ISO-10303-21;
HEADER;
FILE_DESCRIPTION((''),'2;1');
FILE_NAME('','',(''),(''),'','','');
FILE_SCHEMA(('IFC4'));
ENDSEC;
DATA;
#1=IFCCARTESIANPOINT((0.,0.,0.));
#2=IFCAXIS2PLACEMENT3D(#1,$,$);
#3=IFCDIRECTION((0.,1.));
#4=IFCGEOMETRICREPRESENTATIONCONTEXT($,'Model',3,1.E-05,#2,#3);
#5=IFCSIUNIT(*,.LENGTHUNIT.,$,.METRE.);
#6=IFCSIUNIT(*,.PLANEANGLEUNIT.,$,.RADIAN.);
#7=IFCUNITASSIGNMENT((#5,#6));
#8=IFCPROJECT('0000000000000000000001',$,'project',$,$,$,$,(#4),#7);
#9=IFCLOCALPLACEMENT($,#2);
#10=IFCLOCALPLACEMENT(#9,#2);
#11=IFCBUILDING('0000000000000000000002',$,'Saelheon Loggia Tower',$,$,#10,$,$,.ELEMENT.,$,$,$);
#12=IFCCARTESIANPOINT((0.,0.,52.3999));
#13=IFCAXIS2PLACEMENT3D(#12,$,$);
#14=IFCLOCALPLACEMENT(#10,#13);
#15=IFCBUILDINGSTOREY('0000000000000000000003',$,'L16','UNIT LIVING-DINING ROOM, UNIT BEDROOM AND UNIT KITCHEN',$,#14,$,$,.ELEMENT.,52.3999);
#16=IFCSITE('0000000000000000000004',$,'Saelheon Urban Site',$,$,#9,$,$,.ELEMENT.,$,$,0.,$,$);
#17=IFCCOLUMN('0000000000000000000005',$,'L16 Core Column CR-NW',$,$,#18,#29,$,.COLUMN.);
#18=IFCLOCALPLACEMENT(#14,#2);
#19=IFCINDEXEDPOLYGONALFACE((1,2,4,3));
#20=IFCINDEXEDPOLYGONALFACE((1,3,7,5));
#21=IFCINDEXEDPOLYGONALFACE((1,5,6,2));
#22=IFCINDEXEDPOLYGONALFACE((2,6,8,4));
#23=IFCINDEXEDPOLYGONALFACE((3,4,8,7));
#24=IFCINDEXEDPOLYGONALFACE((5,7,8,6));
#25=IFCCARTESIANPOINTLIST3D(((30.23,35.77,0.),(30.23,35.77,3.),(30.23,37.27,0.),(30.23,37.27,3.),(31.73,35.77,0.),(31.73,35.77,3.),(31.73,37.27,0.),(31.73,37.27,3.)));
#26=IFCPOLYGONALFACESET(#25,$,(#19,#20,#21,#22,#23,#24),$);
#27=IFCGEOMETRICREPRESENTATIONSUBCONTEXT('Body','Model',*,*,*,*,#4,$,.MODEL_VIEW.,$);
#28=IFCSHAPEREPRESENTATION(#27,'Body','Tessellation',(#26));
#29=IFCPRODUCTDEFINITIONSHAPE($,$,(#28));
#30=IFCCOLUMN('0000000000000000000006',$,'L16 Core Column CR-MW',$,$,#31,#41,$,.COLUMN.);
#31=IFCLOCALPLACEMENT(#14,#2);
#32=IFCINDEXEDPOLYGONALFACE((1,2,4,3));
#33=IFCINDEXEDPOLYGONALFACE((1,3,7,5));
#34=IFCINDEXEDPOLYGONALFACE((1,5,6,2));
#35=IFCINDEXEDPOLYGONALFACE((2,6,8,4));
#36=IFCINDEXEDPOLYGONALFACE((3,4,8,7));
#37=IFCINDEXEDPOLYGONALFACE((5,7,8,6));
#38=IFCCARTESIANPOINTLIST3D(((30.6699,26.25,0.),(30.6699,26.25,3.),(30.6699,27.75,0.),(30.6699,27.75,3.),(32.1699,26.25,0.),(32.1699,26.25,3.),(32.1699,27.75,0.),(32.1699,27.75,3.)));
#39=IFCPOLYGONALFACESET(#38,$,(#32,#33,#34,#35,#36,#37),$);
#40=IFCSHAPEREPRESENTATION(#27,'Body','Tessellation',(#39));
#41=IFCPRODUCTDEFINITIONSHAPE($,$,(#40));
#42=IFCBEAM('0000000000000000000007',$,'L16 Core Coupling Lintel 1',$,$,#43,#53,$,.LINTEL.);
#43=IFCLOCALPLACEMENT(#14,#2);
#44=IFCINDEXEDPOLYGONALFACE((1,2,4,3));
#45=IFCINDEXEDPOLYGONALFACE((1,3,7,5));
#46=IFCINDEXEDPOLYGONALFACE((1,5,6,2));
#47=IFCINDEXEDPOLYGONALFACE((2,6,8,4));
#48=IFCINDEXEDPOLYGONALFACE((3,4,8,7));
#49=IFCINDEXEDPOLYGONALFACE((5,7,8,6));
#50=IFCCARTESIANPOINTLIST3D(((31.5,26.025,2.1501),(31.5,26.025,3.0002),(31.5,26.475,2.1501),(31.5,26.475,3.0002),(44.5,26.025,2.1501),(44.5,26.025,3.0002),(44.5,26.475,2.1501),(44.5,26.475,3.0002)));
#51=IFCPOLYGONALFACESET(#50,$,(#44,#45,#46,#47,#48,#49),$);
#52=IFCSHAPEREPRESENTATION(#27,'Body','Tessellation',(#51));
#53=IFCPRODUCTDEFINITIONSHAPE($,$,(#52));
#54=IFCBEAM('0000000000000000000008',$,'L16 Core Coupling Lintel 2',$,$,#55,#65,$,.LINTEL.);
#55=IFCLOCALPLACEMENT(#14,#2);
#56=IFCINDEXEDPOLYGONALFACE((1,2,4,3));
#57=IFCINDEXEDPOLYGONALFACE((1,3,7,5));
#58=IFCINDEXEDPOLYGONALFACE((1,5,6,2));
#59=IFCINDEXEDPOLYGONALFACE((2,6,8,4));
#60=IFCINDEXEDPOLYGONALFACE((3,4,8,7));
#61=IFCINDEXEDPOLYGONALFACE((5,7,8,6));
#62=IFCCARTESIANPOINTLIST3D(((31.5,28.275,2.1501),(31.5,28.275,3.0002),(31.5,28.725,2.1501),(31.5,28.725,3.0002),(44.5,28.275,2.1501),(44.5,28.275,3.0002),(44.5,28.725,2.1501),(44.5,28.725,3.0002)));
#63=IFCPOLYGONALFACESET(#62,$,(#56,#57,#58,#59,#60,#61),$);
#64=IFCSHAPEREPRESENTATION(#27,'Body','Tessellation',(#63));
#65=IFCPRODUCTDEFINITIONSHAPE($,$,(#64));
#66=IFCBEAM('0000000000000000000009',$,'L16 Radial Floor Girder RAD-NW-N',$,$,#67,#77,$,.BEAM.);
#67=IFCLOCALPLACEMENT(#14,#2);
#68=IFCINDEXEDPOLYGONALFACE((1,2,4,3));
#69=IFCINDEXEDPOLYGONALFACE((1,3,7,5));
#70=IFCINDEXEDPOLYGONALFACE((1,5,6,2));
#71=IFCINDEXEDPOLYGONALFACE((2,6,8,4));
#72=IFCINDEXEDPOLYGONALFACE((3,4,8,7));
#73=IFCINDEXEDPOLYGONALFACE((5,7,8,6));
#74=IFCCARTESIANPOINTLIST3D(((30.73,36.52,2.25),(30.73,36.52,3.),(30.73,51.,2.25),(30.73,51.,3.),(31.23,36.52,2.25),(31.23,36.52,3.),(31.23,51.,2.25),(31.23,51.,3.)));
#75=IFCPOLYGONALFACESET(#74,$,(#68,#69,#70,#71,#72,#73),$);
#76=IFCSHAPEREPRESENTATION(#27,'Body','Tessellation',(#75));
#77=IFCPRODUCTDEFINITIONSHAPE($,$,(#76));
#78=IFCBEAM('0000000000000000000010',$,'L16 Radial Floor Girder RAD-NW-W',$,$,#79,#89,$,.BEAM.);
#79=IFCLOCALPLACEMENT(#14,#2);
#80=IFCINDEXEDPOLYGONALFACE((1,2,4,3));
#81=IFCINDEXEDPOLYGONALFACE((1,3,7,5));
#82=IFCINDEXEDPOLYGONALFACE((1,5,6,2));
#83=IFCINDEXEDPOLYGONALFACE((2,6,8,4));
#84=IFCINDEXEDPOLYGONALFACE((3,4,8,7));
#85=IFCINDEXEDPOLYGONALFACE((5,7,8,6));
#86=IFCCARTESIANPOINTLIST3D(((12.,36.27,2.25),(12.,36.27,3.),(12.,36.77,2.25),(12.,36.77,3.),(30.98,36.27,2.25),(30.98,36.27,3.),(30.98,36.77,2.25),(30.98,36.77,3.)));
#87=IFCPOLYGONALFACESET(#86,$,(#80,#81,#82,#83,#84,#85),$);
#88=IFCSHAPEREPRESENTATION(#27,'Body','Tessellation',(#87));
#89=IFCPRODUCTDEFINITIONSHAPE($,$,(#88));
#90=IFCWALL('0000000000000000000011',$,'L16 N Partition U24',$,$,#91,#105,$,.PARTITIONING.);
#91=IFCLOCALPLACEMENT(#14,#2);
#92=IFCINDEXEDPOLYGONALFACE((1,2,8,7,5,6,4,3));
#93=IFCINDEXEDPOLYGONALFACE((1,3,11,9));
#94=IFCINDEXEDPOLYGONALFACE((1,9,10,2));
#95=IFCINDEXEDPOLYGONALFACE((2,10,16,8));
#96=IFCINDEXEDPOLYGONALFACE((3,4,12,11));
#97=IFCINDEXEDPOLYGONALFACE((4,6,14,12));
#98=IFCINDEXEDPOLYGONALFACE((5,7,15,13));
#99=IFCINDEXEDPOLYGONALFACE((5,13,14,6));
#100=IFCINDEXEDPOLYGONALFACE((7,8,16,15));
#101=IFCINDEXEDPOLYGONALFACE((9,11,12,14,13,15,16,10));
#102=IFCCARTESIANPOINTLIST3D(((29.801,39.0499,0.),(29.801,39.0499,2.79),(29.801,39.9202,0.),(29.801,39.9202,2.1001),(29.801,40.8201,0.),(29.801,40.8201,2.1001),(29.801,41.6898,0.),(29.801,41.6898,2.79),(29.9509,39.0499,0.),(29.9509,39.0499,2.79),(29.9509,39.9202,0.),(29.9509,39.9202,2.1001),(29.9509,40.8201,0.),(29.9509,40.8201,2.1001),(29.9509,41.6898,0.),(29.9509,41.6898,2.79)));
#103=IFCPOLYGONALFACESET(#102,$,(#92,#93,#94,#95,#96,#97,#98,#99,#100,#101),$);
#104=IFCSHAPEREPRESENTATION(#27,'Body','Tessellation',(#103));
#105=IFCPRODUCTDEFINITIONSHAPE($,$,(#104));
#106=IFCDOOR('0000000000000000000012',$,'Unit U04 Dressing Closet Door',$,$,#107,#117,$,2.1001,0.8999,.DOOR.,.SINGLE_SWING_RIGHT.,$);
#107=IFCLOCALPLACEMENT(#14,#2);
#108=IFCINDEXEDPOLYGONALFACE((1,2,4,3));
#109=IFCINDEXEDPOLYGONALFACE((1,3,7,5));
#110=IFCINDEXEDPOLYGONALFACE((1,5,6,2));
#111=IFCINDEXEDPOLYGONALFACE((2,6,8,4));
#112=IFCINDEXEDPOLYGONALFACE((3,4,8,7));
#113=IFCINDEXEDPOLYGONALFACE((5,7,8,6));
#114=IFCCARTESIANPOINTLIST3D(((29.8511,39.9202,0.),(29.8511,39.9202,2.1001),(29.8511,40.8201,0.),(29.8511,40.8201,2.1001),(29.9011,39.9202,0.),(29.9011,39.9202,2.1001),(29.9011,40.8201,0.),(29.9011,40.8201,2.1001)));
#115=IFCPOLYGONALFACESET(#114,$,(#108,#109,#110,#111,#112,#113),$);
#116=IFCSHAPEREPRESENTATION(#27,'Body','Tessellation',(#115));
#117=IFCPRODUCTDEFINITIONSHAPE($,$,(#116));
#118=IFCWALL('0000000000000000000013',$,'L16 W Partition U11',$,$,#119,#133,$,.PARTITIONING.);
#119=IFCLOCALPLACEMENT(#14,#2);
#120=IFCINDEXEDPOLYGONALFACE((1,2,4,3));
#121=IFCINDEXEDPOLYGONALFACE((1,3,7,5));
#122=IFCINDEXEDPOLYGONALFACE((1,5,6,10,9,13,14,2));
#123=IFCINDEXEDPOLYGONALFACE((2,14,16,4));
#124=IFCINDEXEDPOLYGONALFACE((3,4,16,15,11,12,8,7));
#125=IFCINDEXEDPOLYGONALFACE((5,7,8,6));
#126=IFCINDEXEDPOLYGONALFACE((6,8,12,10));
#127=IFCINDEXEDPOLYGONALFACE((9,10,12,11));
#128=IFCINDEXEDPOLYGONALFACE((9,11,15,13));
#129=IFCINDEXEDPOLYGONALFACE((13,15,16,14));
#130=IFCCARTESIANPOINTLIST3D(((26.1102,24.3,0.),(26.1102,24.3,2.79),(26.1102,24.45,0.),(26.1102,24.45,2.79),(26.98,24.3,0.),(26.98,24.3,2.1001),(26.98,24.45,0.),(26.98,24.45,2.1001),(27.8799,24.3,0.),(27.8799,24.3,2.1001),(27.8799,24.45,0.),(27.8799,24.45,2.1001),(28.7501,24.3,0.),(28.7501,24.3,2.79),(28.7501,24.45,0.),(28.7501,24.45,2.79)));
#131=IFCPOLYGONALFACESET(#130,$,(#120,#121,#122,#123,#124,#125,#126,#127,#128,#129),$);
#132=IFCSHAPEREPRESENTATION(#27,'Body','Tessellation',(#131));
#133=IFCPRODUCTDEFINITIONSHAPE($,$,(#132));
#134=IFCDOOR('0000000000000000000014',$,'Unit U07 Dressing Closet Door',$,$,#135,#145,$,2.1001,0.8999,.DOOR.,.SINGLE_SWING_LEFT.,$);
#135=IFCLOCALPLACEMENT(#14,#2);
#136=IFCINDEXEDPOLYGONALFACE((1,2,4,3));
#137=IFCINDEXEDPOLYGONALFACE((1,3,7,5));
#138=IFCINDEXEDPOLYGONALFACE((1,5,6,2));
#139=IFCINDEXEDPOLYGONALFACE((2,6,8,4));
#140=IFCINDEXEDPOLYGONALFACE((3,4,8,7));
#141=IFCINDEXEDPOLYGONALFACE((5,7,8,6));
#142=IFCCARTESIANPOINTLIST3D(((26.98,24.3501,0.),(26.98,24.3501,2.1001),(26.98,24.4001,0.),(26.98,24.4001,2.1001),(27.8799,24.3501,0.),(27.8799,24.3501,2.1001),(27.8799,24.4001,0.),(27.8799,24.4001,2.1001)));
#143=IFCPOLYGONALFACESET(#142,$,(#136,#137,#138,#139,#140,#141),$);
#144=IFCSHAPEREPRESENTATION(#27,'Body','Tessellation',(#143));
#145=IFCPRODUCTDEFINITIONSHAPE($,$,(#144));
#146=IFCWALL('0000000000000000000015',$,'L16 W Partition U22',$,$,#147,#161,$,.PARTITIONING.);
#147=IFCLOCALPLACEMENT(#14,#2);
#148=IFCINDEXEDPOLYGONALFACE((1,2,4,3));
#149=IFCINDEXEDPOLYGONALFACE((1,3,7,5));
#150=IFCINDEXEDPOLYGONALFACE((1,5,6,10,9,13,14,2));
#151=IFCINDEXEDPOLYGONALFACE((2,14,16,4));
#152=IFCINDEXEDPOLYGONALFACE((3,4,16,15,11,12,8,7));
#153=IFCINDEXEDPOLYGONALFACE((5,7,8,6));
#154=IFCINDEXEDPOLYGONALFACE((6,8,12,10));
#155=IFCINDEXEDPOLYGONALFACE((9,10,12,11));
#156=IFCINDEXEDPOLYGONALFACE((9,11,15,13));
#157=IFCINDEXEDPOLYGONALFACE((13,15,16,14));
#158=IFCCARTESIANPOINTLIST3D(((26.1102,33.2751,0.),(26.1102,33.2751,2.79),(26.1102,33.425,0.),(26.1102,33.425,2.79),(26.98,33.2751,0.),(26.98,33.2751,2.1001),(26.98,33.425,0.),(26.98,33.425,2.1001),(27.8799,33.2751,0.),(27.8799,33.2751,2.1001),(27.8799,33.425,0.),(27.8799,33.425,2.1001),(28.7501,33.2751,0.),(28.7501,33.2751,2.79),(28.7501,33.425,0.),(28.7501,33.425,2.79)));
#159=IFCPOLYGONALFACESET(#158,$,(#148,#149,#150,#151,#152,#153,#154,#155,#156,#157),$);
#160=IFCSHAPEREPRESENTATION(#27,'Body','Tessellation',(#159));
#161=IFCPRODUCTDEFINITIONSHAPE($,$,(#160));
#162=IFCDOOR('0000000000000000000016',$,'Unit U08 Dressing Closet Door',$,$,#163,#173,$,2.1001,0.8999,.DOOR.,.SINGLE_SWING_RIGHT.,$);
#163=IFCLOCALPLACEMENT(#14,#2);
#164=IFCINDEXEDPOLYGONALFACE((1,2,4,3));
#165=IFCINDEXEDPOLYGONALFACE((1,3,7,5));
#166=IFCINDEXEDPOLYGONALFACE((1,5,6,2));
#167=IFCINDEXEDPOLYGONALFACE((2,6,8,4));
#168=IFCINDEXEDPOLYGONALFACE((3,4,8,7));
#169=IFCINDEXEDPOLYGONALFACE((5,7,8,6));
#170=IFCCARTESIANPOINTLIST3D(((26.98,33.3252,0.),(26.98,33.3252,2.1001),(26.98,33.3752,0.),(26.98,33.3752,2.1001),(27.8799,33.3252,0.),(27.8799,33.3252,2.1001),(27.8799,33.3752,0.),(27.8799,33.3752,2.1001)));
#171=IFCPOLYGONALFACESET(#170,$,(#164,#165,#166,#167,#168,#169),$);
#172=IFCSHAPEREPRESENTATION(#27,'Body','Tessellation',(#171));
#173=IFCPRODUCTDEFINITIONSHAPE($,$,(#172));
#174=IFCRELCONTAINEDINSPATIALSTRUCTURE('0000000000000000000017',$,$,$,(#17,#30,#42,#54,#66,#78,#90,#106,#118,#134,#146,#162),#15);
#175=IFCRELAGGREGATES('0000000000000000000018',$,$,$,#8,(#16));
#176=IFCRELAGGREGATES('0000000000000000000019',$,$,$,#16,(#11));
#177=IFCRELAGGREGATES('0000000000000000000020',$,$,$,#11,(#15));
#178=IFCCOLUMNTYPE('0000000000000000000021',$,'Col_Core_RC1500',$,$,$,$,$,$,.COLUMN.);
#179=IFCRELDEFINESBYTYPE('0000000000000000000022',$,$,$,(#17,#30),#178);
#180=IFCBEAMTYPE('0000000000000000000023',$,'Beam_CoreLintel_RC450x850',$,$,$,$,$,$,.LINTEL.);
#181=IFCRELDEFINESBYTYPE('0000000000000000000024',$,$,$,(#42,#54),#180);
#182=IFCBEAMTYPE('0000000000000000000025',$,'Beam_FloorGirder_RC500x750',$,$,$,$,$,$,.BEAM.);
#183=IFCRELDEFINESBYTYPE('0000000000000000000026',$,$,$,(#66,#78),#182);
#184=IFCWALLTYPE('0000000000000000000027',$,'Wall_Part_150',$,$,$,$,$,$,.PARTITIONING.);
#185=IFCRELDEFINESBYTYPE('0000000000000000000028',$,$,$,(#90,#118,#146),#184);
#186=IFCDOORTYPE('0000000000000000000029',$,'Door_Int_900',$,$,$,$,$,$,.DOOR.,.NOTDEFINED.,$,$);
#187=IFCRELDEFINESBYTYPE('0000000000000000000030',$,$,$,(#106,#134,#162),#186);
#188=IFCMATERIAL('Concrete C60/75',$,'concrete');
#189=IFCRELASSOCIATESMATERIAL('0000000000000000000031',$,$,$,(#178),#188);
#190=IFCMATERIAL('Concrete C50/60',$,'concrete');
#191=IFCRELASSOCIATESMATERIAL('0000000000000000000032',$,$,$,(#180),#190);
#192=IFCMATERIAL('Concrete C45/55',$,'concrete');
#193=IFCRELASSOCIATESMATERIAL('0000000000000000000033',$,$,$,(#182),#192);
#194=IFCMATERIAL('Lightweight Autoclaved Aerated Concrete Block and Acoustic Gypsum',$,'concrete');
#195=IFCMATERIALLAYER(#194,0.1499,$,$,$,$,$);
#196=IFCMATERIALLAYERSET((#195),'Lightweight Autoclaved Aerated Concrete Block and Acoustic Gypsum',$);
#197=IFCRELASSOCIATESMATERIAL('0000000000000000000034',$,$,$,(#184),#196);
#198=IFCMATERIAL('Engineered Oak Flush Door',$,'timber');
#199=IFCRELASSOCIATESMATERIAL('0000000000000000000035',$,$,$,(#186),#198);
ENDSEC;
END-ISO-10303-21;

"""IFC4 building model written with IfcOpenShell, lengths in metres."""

from ifc_helpers import new_model, si_unit, direction, frame, frame_2d, origin, origin_2d, place, context, subcontext, project, spatial, rectangle, extrude, source, transform, mapped, material, layer, layer_set, material_profile, profile_set, type_object, element, fill, save


model = new_model("IFC4")

# Units and contexts
model_context = context("Model", 3, precision=1e-05, world=origin(), true_north=direction((0.0, 1.0)))
body_context = subcontext(model_context, "Body", "Model", "MODEL_VIEW")
ifc_project = project(units=[si_unit("LENGTHUNIT", "METRE"), si_unit("PLANEANGLEUNIT", "RADIAN")], contexts=[model_context])

# Site, building, storey
site_placement = place(None, origin())
site = spatial("IfcSite", under=ifc_project, at=site_placement, Name="Saelheon Urban Site", CompositionType="ELEMENT", RefElevation=0.0)
building_placement = place(site_placement, origin())
building = spatial("IfcBuilding", under=site, at=building_placement, Name="Saelheon Loggia Tower", CompositionType="ELEMENT")
storey_placement = place(building_placement, frame((0.0, 0.0, 52.3999)))
storey = spatial("IfcBuildingStorey", under=building, at=storey_placement, Name="L16", Description="UNIT LIVING-DINING ROOM, UNIT BEDROOM AND UNIT KITCHEN", CompositionType="ELEMENT", Elevation=52.3999)

# Columns
ifc_material_1 = material(Name="Concrete C60/75", Category="concrete")
ifc_material_profile_1 = material_profile(ifc_material_1, rectangle(XDim=1.5, YDim=1.5, at=origin_2d()), Name="RC-1500x1500")
ifc_profile_set_1 = profile_set([ifc_material_profile_1], Name="Concrete C60/75")
column_type = type_object("IfcColumnType", Name="Col_Core_RC1500", PredefinedType="COLUMN", material=ifc_profile_set_1)
shared_shape_1 = source(origin(), body_context, "Body", "SweptSolid", [
    extrude(rectangle(XDim=1.5, YDim=1.5, at=origin_2d()), origin(), (0.0, 0.0, 1.0), 3.0),
])
for number, where, z_axis, x_axis, name in (
    (1, (30.98, 36.52, 0.0), (0.0, 0.0, 1.0), (1.0, 0.0, 0.0), "L16 Core Column CR-NW"),
    (2, (31.4199, 27.0, 0.0), (0.0, 0.0, 1.0), (1.0, 0.0, 0.0), "L16 Core Column CR-MW"),
):
    element("IfcColumn", number, at=place(storey_placement, frame(where, z_axis=z_axis, x_axis=x_axis)), inside=storey, type_object=column_type, Name=name, PredefinedType="COLUMN", context=body_context, shape_type="MappedRepresentation", body=[
        mapped(shared_shape_1, transform((0.0, 0.0, 0.0), scale=1.0)),
    ])

# Beams
ifc_material_2 = material(Name="Concrete C50/60", Category="concrete")
ifc_material_profile_2 = material_profile(ifc_material_2, rectangle(XDim=0.45, YDim=0.8501, at=origin_2d()), Name="RC-450x850")
ifc_profile_set_2 = profile_set([ifc_material_profile_2], Name="Concrete C50/60")
beam_type_1 = type_object("IfcBeamType", Name="Beam_CoreLintel_RC450x850", PredefinedType="LINTEL", material=ifc_profile_set_2)
shared_shape_2 = source(origin(), body_context, "Body", "SweptSolid", [
    extrude(rectangle(XDim=0.45, YDim=0.8501, at=origin_2d()), origin(), (0.0, 0.0, 1.0), 13.0),
])
for number, where, z_axis, x_axis, name in (
    (3, (31.5, 26.25, 2.5752), (1.0, 0.0, 0.0), (0.0, 1.0, 0.0), "L16 Core Coupling Lintel 1"),
    (4, (31.5, 28.5, 2.5752), (1.0, 0.0, 0.0), (0.0, 1.0, 0.0), "L16 Core Coupling Lintel 2"),
):
    element("IfcBeam", number, at=place(storey_placement, frame(where, z_axis=z_axis, x_axis=x_axis)), inside=storey, type_object=beam_type_1, Name=name, PredefinedType="LINTEL", context=body_context, shape_type="MappedRepresentation", body=[
        mapped(shared_shape_2, transform((0.0, 0.0, 0.0), scale=1.0)),
    ])
ifc_material_3 = material(Name="Concrete C45/55", Category="concrete")
ifc_material_profile_3 = material_profile(ifc_material_3, rectangle(XDim=0.5, YDim=0.75, at=origin_2d()), Name="RC-500x750")
ifc_profile_set_3 = profile_set([ifc_material_profile_3], Name="Concrete C45/55")
beam_type_2 = type_object("IfcBeamType", Name="Beam_FloorGirder_RC500x750", PredefinedType="BEAM", material=ifc_profile_set_3)
shared_shape_3 = source(origin(), body_context, "Body", "SweptSolid", [
    extrude(rectangle(XDim=0.5, YDim=0.75, at=origin_2d()), origin(), (0.0, 0.0, 1.0), 14.48),
])
beam_1_placement = place(storey_placement, frame((30.98, 36.52, 2.625), z_axis=(0.0, 1.0, 0.0), x_axis=(-1.0, 0.0, 0.0)))
element("IfcBeam", 5, at=beam_1_placement, inside=storey, type_object=beam_type_2, Name="L16 Radial Floor Girder RAD-NW-N", PredefinedType="BEAM", context=body_context, shape_type="MappedRepresentation", body=[
    mapped(shared_shape_3, transform((0.0, 0.0, 0.0), scale=1.0)),
])
shared_shape_4 = source(origin(), body_context, "Body", "SweptSolid", [
    extrude(rectangle(XDim=0.5, YDim=0.75, at=origin_2d()), origin(), (0.0, 0.0, 1.0), 18.98),
])
beam_2_placement = place(storey_placement, frame((30.98, 36.52, 2.625), z_axis=(-1.0, 0.0, 0.0), x_axis=(0.0, -1.0, 0.0)))
element("IfcBeam", 6, at=beam_2_placement, inside=storey, type_object=beam_type_2, Name="L16 Radial Floor Girder RAD-NW-W", PredefinedType="BEAM", context=body_context, shape_type="MappedRepresentation", body=[
    mapped(shared_shape_4, transform((0.0, 0.0, 0.0), scale=1.0)),
])

# Walls, openings, doors
ifc_material_4 = material(Name="Lightweight Autoclaved Aerated Concrete Block and Acoustic Gypsum", Category="concrete")
ifc_layer_1 = layer(ifc_material_4, 0.1499)
ifc_layer_set_1 = layer_set([ifc_layer_1], Name="Lightweight Autoclaved Aerated Concrete Block and Acoustic Gypsum")
wall_type_1 = type_object("IfcWallType", Name="Wall_Part_150", PredefinedType="PARTITIONING", material=ifc_layer_set_1)
wall_1_placement = place(storey_placement, frame((29.876, 39.05, 0.0), z_axis=(0.0, 0.0, 1.0), x_axis=(0.0, 1.0, 0.0)))
wall_1 = element("IfcWall", 7, at=wall_1_placement, inside=storey, type_object=wall_type_1, Name="L16 N Partition U24", PredefinedType="PARTITIONING", context=body_context, shape_type="SweptSolid", body=[
    extrude(rectangle(XDim=2.6399, YDim=0.1499, at=frame_2d((1.3198, 0.0))), origin(), (0.0, 0.0, 1.0), 2.79),
])
opening_1_placement = place(wall_1_placement, frame((0.8701, 0.0, 0.0)))
opening_1 = element("IfcOpeningElement", 8, at=opening_1_placement, cuts=wall_1, PredefinedType="OPENING", context=body_context, shape_type="SweptSolid", body=[
    extrude(rectangle(XDim=0.8999, YDim=2.1001, at=frame_2d((0.45, 1.05))), frame((0.0, 0.0869, 0.0), z_axis=(0.0, -1.0, 0.0), x_axis=(1.0, 0.0, 0.0)), (0.0, 0.0, 1.0), 0.1738),
])
ifc_material_5 = material(Name="Engineered Oak Flush Door", Category="timber")
door_type_1 = type_object("IfcDoorType", Name="Door_Int_900", OperationType="NOTDEFINED", PredefinedType="DOOR", material=ifc_material_5)
shared_shape_5 = source(origin(), body_context, "Body", "SweptSolid", [
    extrude(rectangle(XDim=0.8999, YDim=2.1001, at=frame_2d((0.45, 1.05))), frame((0.0, 0.0249, 0.0), z_axis=(0.0, -1.0, 0.0), x_axis=(1.0, 0.0, 0.0)), (0.0, 0.0, 1.0), 0.05),
])
door_1_placement = place(opening_1_placement, origin())
door_1 = element("IfcDoor", 9, at=door_1_placement, inside=storey, type_object=door_type_1, Name="Unit U04 Dressing Closet Door", OperationType="SINGLE_SWING_RIGHT", OverallHeight=2.1001, OverallWidth=0.8999, PredefinedType="DOOR", context=body_context, shape_type="MappedRepresentation", body=[
    mapped(shared_shape_5, transform((0.0, 0.0, 0.0), scale=1.0)),
])
fill(opening_1, door_1)
wall_2_placement = place(storey_placement, frame((28.75, 24.375, 0.0), z_axis=(0.0, 0.0, 1.0), x_axis=(-1.0, 0.0, 0.0)))
wall_2 = element("IfcWall", 10, at=wall_2_placement, inside=storey, type_object=wall_type_1, Name="L16 W Partition U11", PredefinedType="PARTITIONING", context=body_context, shape_type="SweptSolid", body=[
    extrude(rectangle(XDim=2.6399, YDim=0.1499, at=frame_2d((1.3198, 0.0))), origin(), (0.0, 0.0, 1.0), 2.79),
])
opening_2_placement = place(wall_2_placement, frame((0.8701, 0.0, 0.0)))
opening_2 = element("IfcOpeningElement", 11, at=opening_2_placement, cuts=wall_2, PredefinedType="OPENING", context=body_context, shape_type="SweptSolid", body=[
    extrude(rectangle(XDim=0.8999, YDim=2.1001, at=frame_2d((0.45, 1.05))), frame((0.0, 0.0869, 0.0), z_axis=(0.0, -1.0, 0.0), x_axis=(1.0, 0.0, 0.0)), (0.0, 0.0, 1.0), 0.1738),
])
door_2_placement = place(opening_2_placement, origin())
door_2 = element("IfcDoor", 12, at=door_2_placement, inside=storey, type_object=door_type_1, Name="Unit U07 Dressing Closet Door", OperationType="SINGLE_SWING_LEFT", OverallHeight=2.1001, OverallWidth=0.8999, PredefinedType="DOOR", context=body_context, shape_type="MappedRepresentation", body=[
    mapped(shared_shape_5, transform((0.0, 0.0, 0.0), scale=1.0)),
])
fill(opening_2, door_2)
wall_3_placement = place(storey_placement, frame((28.75, 33.3501, 0.0), z_axis=(0.0, 0.0, 1.0), x_axis=(-1.0, 0.0, 0.0)))
wall_3 = element("IfcWall", 13, at=wall_3_placement, inside=storey, type_object=wall_type_1, Name="L16 W Partition U22", PredefinedType="PARTITIONING", context=body_context, shape_type="SweptSolid", body=[
    extrude(rectangle(XDim=2.6399, YDim=0.1499, at=frame_2d((1.3198, 0.0))), origin(), (0.0, 0.0, 1.0), 2.79),
])
opening_3_placement = place(wall_3_placement, frame((0.8701, 0.0, 0.0)))
opening_3 = element("IfcOpeningElement", 14, at=opening_3_placement, cuts=wall_3, PredefinedType="OPENING", context=body_context, shape_type="SweptSolid", body=[
    extrude(rectangle(XDim=0.8999, YDim=2.1001, at=frame_2d((0.45, 1.05))), frame((0.0, 0.0869, 0.0), z_axis=(0.0, -1.0, 0.0), x_axis=(1.0, 0.0, 0.0)), (0.0, 0.0, 1.0), 0.1738),
])
door_3_placement = place(opening_3_placement, origin())
door_3 = element("IfcDoor", 15, at=door_3_placement, inside=storey, type_object=door_type_1, Name="Unit U08 Dressing Closet Door", OperationType="SINGLE_SWING_RIGHT", OverallHeight=2.1001, OverallWidth=0.8999, PredefinedType="DOOR", context=body_context, shape_type="MappedRepresentation", body=[
    mapped(shared_shape_5, transform((0.0, 0.0, 0.0), scale=1.0)),
])
fill(opening_3, door_3)

save(model, "model.ifc")
